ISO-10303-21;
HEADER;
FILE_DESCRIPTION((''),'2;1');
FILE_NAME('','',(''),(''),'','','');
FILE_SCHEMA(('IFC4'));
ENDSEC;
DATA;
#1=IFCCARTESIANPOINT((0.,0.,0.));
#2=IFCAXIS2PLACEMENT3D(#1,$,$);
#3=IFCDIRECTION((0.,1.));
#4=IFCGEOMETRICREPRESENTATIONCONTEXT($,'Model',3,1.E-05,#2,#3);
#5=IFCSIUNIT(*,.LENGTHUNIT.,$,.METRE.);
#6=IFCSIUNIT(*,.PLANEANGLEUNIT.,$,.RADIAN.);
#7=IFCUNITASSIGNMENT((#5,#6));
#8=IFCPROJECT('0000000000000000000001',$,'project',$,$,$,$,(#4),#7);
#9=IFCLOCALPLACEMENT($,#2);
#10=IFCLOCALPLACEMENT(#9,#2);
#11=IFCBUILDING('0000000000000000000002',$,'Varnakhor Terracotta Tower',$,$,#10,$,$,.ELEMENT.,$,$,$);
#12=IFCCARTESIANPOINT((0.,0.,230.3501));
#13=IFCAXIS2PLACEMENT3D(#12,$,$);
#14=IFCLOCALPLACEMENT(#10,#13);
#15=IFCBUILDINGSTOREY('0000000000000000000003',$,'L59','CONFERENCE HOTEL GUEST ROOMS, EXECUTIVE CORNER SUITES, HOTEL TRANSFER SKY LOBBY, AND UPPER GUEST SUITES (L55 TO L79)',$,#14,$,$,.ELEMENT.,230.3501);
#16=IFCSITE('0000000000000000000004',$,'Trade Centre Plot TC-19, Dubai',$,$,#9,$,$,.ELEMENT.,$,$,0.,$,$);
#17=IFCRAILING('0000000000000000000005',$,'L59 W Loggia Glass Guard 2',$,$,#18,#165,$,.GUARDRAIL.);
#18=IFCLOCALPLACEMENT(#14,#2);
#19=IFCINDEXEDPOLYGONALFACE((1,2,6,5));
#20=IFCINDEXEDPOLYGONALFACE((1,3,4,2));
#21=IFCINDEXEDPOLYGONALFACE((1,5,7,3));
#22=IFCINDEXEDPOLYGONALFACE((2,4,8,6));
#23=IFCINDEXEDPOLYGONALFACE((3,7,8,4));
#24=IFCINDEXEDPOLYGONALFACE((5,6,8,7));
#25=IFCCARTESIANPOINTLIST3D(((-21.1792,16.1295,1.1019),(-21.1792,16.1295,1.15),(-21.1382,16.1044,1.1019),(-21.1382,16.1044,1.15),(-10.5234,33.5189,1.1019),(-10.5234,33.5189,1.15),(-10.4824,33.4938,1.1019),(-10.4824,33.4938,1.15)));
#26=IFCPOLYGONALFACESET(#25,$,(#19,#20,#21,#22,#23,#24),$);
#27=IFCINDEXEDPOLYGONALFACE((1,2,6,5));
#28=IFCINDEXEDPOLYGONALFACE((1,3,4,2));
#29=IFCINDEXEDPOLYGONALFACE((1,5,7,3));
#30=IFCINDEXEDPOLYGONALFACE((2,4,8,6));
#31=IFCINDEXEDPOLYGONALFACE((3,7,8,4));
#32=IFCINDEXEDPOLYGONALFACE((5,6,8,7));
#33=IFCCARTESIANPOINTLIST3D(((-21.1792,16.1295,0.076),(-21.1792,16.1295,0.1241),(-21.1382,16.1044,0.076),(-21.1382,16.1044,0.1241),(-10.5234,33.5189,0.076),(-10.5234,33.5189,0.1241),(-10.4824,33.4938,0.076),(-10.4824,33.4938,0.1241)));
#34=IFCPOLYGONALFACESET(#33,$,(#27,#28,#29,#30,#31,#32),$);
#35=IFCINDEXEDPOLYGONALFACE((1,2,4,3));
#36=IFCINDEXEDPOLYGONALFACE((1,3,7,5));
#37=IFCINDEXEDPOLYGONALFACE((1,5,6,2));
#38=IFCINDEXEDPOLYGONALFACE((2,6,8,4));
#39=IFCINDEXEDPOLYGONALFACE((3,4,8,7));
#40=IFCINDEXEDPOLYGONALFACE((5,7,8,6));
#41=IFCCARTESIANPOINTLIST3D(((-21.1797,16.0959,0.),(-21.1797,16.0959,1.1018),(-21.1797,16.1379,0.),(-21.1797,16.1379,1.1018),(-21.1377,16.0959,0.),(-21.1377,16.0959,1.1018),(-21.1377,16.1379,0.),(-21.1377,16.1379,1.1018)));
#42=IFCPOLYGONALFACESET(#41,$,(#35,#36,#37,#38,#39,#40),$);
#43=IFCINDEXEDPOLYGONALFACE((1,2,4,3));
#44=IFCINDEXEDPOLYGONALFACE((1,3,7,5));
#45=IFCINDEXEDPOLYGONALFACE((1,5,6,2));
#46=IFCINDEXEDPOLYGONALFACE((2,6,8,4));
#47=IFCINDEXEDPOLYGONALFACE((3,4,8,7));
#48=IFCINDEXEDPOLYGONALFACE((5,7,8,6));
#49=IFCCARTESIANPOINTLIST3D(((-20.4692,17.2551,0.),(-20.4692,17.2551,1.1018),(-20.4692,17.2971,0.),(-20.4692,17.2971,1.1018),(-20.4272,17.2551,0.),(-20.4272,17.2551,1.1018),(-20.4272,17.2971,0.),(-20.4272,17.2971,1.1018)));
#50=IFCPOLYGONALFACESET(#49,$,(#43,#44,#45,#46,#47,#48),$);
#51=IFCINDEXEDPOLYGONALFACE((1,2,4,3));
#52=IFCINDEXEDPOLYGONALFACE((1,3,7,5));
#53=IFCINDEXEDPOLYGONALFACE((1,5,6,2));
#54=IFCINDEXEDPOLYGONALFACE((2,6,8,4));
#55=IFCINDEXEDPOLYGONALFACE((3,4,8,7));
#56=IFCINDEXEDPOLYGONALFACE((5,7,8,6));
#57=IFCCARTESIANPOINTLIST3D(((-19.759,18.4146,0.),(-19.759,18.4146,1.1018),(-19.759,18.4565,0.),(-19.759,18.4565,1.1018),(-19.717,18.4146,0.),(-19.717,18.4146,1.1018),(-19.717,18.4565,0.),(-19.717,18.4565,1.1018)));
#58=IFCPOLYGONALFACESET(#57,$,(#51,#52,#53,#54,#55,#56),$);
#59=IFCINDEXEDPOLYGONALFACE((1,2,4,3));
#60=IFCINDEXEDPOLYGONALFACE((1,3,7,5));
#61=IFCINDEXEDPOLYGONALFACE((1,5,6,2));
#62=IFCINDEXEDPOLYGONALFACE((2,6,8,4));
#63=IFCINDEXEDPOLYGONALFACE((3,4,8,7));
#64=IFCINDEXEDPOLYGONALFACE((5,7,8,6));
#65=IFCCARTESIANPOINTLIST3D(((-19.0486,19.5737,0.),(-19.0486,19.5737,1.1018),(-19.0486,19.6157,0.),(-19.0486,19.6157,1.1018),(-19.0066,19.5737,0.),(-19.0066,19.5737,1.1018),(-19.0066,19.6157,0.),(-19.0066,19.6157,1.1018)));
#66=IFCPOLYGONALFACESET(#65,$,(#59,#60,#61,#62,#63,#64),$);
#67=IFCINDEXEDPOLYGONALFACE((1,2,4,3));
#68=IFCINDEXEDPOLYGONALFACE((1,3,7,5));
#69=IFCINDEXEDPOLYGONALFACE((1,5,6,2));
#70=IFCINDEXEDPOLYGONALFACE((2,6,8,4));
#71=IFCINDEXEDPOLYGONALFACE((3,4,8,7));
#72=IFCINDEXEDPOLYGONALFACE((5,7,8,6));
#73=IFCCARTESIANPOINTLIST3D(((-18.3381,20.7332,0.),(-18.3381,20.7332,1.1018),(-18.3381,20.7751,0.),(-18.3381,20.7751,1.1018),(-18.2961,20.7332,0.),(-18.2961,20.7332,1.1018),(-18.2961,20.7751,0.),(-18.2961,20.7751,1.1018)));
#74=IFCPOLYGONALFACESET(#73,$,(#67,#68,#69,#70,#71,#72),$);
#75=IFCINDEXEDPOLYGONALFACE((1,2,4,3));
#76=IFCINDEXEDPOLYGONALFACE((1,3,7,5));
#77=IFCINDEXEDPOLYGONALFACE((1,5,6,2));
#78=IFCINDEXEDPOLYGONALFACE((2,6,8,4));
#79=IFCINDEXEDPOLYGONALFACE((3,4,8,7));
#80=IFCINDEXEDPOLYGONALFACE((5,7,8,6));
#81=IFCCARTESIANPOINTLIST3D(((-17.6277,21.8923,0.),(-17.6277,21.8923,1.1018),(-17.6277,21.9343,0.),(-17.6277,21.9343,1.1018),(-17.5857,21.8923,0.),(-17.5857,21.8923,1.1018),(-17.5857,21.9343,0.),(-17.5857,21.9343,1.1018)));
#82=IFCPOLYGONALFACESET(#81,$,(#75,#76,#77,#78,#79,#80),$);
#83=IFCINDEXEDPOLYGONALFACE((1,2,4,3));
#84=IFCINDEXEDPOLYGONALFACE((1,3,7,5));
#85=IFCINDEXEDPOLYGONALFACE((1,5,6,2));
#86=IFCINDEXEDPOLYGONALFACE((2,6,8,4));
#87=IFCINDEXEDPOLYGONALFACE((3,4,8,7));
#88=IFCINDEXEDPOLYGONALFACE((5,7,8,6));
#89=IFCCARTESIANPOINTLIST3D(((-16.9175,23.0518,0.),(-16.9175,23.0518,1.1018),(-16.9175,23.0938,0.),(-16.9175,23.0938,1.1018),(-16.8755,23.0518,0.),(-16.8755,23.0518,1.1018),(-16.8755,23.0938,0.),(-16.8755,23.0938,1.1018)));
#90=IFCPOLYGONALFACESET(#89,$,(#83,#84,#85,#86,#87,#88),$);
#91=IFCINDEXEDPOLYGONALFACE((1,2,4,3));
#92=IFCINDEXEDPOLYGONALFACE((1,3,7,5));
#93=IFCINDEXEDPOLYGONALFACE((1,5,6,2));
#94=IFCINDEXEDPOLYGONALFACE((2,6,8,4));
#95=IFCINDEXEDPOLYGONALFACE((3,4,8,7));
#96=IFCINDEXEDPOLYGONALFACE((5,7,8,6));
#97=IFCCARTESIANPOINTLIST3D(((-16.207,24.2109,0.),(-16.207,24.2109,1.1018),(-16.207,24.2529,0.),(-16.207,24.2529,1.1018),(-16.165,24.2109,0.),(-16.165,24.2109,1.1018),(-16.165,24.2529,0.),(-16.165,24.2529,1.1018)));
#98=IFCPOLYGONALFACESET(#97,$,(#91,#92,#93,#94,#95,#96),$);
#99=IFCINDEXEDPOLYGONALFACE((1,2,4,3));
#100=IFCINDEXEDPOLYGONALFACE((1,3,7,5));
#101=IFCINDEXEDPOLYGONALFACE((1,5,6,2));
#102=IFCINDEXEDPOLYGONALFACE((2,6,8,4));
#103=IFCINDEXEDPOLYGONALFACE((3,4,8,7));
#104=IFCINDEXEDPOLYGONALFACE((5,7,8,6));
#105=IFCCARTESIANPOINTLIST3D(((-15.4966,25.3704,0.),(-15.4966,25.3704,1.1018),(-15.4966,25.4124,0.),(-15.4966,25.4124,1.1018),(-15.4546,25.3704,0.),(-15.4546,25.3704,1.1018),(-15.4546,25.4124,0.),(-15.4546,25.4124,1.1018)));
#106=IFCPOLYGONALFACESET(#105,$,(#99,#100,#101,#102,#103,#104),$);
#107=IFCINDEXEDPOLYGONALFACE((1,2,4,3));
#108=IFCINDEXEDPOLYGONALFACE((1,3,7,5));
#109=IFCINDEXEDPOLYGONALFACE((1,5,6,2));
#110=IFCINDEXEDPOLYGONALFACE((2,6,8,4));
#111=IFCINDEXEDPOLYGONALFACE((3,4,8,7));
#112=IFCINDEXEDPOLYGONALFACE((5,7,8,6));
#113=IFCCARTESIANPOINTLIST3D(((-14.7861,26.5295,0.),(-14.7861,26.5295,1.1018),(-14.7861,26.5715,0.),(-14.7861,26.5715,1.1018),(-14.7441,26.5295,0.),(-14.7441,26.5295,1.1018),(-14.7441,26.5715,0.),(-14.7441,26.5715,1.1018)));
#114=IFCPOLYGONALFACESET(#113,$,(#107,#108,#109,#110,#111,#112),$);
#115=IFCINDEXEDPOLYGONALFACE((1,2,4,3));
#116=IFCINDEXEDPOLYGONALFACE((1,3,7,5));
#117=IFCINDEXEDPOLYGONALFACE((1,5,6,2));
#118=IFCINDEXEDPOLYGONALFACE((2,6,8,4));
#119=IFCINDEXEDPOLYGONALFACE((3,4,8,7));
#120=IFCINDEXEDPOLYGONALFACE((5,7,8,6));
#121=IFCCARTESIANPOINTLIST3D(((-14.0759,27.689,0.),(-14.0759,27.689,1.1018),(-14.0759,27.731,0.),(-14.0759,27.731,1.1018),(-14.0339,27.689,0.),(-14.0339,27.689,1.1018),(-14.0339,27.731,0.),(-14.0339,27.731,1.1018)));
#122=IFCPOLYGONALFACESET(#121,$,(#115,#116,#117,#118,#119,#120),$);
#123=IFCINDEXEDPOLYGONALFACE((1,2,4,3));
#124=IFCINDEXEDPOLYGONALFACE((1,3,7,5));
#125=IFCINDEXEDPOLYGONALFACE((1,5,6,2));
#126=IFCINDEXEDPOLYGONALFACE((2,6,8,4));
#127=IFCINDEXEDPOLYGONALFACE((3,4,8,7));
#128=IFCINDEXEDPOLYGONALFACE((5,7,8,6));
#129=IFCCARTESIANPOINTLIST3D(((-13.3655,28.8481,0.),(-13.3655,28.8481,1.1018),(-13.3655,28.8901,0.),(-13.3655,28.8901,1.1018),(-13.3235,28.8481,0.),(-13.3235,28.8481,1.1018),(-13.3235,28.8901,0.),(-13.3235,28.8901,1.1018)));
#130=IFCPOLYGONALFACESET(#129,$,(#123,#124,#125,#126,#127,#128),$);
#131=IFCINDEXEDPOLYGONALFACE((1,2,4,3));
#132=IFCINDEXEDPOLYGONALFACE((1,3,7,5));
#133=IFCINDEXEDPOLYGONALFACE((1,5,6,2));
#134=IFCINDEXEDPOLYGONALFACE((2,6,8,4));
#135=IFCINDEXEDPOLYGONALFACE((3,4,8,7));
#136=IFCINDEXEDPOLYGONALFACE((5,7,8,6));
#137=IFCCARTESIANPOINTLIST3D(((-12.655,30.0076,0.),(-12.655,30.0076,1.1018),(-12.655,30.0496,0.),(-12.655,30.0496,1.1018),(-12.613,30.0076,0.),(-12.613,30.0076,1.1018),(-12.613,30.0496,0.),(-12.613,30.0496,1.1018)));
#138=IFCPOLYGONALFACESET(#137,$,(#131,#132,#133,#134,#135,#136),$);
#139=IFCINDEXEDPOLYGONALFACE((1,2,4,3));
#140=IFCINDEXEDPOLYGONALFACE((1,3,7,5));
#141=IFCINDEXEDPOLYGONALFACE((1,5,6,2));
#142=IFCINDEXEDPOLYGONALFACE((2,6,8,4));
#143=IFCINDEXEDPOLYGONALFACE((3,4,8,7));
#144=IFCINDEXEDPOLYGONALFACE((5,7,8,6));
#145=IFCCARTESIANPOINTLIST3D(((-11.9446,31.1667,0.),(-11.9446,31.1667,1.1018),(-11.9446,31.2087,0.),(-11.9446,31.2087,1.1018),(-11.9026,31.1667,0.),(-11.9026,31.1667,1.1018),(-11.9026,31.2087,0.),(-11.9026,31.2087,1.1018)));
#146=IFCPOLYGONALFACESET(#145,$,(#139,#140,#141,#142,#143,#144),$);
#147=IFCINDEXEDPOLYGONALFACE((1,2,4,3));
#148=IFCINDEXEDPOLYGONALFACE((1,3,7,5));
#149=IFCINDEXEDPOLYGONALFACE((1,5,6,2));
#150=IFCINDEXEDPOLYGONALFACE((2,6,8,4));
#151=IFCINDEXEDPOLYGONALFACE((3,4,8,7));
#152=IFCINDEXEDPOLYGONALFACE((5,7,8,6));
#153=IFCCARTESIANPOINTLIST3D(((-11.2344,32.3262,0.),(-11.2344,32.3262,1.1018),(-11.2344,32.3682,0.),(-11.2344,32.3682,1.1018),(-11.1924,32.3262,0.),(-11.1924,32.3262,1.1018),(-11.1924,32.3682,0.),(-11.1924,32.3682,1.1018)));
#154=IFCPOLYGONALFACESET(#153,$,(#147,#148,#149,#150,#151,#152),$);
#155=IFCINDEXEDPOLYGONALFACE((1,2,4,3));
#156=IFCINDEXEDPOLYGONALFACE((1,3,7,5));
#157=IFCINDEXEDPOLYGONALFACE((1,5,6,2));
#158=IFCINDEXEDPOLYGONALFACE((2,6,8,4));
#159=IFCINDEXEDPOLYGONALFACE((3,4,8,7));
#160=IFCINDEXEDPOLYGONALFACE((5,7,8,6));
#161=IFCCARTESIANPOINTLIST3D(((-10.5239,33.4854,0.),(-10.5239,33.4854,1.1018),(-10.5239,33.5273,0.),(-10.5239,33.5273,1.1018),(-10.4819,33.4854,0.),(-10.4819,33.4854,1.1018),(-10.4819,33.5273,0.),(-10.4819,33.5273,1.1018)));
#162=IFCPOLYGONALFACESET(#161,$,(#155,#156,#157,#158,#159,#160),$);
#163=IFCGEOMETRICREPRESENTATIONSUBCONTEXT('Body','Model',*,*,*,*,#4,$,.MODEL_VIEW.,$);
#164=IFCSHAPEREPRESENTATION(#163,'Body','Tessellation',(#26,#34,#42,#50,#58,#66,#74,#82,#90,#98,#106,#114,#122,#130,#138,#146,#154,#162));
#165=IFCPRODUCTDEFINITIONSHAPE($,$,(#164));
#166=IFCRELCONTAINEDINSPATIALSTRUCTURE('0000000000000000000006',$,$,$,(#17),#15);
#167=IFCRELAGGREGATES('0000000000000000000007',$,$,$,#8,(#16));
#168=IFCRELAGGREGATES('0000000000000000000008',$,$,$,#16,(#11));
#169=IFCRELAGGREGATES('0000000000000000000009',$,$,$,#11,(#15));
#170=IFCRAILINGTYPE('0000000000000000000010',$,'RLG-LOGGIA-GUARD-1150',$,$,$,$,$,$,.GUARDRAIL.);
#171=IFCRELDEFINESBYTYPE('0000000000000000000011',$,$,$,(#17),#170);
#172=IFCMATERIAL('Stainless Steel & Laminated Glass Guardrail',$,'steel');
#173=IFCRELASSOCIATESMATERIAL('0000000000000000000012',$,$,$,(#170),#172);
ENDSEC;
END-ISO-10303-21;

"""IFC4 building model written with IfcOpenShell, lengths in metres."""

from ifc_helpers import new_model, si_unit, direction, frame, origin, origin_2d, place, context, subcontext, project, spatial, rectangle, extrude, material, type_object, element, save


model = new_model("IFC4")

# Units and contexts
model_context = context("Model", 3, precision=1e-05, world=origin(), true_north=direction((0.0, 1.0)))
body_context = subcontext(model_context, "Body", "Model", "MODEL_VIEW")
ifc_project = project(units=[si_unit("LENGTHUNIT", "METRE"), si_unit("PLANEANGLEUNIT", "RADIAN")], contexts=[model_context])

# Site, building, storey
site_placement = place(None, origin())
site = spatial("IfcSite", under=ifc_project, at=site_placement, Name="Trade Centre Plot TC-19, Dubai", CompositionType="ELEMENT", RefElevation=0.0)
building_placement = place(site_placement, origin())
building = spatial("IfcBuilding", under=site, at=building_placement, Name="Varnakhor Terracotta Tower", CompositionType="ELEMENT")
storey_placement = place(building_placement, frame((0.0, 0.0, 230.3501)))
storey = spatial("IfcBuildingStorey", under=building, at=storey_placement, Name="L59", Description="CONFERENCE HOTEL GUEST ROOMS, EXECUTIVE CORNER SUITES, HOTEL TRANSFER SKY LOBBY, AND UPPER GUEST SUITES (L55 TO L79)", CompositionType="ELEMENT", Elevation=230.3501)

# Railing
ifc_material_1 = material(Name="Stainless Steel & Laminated Glass Guardrail", Category="steel")
railing_type = type_object("IfcRailingType", Name="RLG-LOGGIA-GUARD-1150", PredefinedType="GUARDRAIL", material=ifc_material_1)
railing_1_placement = place(storey_placement, frame((-21.1587, 16.1169, 0.0)))
element("IfcRailing", 1, at=railing_1_placement, inside=storey, type_object=railing_type, Name="L59 W Loggia Glass Guard 2", PredefinedType="GUARDRAIL", context=body_context, shape_type="SweptSolid", body=[
    extrude(rectangle(XDim=0.0481, YDim=0.0481, at=origin_2d()), frame((0.0, 0.0, 1.126), z_axis=(0.522481, 0.852651, 0.0), x_axis=(-0.852651, 0.522481, 0.0)), (0.0, 0.0, 1.0), 20.3945),
    extrude(rectangle(XDim=0.0481, YDim=0.0481, at=origin_2d()), frame((0.0, 0.0, 0.1001), z_axis=(0.522481, 0.852651, 0.0), x_axis=(-0.852651, 0.522481, 0.0)), (0.0, 0.0, 1.0), 20.3945),
    extrude(rectangle(XDim=0.042, YDim=0.042, at=origin_2d()), origin(), (0.0, 0.0, 1.0), 1.1018),
    extrude(rectangle(XDim=0.042, YDim=0.042, at=origin_2d()), frame((0.7104, 1.1592, 0.0)), (0.0, 0.0, 1.0), 1.1018),
    extrude(rectangle(XDim=0.042, YDim=0.042, at=origin_2d()), frame((1.4207, 2.3186, 0.0)), (0.0, 0.0, 1.0), 1.1018),
    extrude(rectangle(XDim=0.042, YDim=0.042, at=origin_2d()), frame((2.1311, 3.4778, 0.0)), (0.0, 0.0, 1.0), 1.1018),
    extrude(rectangle(XDim=0.042, YDim=0.042, at=origin_2d()), frame((2.8416, 4.6372, 0.0)), (0.0, 0.0, 1.0), 1.1018),
    extrude(rectangle(XDim=0.042, YDim=0.042, at=origin_2d()), frame((3.552, 5.7964, 0.0)), (0.0, 0.0, 1.0), 1.1018),
    extrude(rectangle(XDim=0.042, YDim=0.042, at=origin_2d()), frame((4.2622, 6.9558, 0.0)), (0.0, 0.0, 1.0), 1.1018),
    extrude(rectangle(XDim=0.042, YDim=0.042, at=origin_2d()), frame((4.9727, 8.115, 0.0)), (0.0, 0.0, 1.0), 1.1018),
    extrude(rectangle(XDim=0.042, YDim=0.042, at=origin_2d()), frame((5.6831, 9.2744, 0.0)), (0.0, 0.0, 1.0), 1.1018),
    extrude(rectangle(XDim=0.042, YDim=0.042, at=origin_2d()), frame((6.3936, 10.4336, 0.0)), (0.0, 0.0, 1.0), 1.1018),
    extrude(rectangle(XDim=0.042, YDim=0.042, at=origin_2d()), frame((7.1038, 11.593, 0.0)), (0.0, 0.0, 1.0), 1.1018),
    extrude(rectangle(XDim=0.042, YDim=0.042, at=origin_2d()), frame((7.8142, 12.7522, 0.0)), (0.0, 0.0, 1.0), 1.1018),
    extrude(rectangle(XDim=0.042, YDim=0.042, at=origin_2d()), frame((8.5247, 13.9116, 0.0)), (0.0, 0.0, 1.0), 1.1018),
    extrude(rectangle(XDim=0.042, YDim=0.042, at=origin_2d()), frame((9.2351, 15.0708, 0.0)), (0.0, 0.0, 1.0), 1.1018),
    extrude(rectangle(XDim=0.042, YDim=0.042, at=origin_2d()), frame((9.9453, 16.2302, 0.0)), (0.0, 0.0, 1.0), 1.1018),
    extrude(rectangle(XDim=0.042, YDim=0.042, at=origin_2d()), frame((10.6558, 17.3894, 0.0)), (0.0, 0.0, 1.0), 1.1018),
])

save(model, "model.ifc")
